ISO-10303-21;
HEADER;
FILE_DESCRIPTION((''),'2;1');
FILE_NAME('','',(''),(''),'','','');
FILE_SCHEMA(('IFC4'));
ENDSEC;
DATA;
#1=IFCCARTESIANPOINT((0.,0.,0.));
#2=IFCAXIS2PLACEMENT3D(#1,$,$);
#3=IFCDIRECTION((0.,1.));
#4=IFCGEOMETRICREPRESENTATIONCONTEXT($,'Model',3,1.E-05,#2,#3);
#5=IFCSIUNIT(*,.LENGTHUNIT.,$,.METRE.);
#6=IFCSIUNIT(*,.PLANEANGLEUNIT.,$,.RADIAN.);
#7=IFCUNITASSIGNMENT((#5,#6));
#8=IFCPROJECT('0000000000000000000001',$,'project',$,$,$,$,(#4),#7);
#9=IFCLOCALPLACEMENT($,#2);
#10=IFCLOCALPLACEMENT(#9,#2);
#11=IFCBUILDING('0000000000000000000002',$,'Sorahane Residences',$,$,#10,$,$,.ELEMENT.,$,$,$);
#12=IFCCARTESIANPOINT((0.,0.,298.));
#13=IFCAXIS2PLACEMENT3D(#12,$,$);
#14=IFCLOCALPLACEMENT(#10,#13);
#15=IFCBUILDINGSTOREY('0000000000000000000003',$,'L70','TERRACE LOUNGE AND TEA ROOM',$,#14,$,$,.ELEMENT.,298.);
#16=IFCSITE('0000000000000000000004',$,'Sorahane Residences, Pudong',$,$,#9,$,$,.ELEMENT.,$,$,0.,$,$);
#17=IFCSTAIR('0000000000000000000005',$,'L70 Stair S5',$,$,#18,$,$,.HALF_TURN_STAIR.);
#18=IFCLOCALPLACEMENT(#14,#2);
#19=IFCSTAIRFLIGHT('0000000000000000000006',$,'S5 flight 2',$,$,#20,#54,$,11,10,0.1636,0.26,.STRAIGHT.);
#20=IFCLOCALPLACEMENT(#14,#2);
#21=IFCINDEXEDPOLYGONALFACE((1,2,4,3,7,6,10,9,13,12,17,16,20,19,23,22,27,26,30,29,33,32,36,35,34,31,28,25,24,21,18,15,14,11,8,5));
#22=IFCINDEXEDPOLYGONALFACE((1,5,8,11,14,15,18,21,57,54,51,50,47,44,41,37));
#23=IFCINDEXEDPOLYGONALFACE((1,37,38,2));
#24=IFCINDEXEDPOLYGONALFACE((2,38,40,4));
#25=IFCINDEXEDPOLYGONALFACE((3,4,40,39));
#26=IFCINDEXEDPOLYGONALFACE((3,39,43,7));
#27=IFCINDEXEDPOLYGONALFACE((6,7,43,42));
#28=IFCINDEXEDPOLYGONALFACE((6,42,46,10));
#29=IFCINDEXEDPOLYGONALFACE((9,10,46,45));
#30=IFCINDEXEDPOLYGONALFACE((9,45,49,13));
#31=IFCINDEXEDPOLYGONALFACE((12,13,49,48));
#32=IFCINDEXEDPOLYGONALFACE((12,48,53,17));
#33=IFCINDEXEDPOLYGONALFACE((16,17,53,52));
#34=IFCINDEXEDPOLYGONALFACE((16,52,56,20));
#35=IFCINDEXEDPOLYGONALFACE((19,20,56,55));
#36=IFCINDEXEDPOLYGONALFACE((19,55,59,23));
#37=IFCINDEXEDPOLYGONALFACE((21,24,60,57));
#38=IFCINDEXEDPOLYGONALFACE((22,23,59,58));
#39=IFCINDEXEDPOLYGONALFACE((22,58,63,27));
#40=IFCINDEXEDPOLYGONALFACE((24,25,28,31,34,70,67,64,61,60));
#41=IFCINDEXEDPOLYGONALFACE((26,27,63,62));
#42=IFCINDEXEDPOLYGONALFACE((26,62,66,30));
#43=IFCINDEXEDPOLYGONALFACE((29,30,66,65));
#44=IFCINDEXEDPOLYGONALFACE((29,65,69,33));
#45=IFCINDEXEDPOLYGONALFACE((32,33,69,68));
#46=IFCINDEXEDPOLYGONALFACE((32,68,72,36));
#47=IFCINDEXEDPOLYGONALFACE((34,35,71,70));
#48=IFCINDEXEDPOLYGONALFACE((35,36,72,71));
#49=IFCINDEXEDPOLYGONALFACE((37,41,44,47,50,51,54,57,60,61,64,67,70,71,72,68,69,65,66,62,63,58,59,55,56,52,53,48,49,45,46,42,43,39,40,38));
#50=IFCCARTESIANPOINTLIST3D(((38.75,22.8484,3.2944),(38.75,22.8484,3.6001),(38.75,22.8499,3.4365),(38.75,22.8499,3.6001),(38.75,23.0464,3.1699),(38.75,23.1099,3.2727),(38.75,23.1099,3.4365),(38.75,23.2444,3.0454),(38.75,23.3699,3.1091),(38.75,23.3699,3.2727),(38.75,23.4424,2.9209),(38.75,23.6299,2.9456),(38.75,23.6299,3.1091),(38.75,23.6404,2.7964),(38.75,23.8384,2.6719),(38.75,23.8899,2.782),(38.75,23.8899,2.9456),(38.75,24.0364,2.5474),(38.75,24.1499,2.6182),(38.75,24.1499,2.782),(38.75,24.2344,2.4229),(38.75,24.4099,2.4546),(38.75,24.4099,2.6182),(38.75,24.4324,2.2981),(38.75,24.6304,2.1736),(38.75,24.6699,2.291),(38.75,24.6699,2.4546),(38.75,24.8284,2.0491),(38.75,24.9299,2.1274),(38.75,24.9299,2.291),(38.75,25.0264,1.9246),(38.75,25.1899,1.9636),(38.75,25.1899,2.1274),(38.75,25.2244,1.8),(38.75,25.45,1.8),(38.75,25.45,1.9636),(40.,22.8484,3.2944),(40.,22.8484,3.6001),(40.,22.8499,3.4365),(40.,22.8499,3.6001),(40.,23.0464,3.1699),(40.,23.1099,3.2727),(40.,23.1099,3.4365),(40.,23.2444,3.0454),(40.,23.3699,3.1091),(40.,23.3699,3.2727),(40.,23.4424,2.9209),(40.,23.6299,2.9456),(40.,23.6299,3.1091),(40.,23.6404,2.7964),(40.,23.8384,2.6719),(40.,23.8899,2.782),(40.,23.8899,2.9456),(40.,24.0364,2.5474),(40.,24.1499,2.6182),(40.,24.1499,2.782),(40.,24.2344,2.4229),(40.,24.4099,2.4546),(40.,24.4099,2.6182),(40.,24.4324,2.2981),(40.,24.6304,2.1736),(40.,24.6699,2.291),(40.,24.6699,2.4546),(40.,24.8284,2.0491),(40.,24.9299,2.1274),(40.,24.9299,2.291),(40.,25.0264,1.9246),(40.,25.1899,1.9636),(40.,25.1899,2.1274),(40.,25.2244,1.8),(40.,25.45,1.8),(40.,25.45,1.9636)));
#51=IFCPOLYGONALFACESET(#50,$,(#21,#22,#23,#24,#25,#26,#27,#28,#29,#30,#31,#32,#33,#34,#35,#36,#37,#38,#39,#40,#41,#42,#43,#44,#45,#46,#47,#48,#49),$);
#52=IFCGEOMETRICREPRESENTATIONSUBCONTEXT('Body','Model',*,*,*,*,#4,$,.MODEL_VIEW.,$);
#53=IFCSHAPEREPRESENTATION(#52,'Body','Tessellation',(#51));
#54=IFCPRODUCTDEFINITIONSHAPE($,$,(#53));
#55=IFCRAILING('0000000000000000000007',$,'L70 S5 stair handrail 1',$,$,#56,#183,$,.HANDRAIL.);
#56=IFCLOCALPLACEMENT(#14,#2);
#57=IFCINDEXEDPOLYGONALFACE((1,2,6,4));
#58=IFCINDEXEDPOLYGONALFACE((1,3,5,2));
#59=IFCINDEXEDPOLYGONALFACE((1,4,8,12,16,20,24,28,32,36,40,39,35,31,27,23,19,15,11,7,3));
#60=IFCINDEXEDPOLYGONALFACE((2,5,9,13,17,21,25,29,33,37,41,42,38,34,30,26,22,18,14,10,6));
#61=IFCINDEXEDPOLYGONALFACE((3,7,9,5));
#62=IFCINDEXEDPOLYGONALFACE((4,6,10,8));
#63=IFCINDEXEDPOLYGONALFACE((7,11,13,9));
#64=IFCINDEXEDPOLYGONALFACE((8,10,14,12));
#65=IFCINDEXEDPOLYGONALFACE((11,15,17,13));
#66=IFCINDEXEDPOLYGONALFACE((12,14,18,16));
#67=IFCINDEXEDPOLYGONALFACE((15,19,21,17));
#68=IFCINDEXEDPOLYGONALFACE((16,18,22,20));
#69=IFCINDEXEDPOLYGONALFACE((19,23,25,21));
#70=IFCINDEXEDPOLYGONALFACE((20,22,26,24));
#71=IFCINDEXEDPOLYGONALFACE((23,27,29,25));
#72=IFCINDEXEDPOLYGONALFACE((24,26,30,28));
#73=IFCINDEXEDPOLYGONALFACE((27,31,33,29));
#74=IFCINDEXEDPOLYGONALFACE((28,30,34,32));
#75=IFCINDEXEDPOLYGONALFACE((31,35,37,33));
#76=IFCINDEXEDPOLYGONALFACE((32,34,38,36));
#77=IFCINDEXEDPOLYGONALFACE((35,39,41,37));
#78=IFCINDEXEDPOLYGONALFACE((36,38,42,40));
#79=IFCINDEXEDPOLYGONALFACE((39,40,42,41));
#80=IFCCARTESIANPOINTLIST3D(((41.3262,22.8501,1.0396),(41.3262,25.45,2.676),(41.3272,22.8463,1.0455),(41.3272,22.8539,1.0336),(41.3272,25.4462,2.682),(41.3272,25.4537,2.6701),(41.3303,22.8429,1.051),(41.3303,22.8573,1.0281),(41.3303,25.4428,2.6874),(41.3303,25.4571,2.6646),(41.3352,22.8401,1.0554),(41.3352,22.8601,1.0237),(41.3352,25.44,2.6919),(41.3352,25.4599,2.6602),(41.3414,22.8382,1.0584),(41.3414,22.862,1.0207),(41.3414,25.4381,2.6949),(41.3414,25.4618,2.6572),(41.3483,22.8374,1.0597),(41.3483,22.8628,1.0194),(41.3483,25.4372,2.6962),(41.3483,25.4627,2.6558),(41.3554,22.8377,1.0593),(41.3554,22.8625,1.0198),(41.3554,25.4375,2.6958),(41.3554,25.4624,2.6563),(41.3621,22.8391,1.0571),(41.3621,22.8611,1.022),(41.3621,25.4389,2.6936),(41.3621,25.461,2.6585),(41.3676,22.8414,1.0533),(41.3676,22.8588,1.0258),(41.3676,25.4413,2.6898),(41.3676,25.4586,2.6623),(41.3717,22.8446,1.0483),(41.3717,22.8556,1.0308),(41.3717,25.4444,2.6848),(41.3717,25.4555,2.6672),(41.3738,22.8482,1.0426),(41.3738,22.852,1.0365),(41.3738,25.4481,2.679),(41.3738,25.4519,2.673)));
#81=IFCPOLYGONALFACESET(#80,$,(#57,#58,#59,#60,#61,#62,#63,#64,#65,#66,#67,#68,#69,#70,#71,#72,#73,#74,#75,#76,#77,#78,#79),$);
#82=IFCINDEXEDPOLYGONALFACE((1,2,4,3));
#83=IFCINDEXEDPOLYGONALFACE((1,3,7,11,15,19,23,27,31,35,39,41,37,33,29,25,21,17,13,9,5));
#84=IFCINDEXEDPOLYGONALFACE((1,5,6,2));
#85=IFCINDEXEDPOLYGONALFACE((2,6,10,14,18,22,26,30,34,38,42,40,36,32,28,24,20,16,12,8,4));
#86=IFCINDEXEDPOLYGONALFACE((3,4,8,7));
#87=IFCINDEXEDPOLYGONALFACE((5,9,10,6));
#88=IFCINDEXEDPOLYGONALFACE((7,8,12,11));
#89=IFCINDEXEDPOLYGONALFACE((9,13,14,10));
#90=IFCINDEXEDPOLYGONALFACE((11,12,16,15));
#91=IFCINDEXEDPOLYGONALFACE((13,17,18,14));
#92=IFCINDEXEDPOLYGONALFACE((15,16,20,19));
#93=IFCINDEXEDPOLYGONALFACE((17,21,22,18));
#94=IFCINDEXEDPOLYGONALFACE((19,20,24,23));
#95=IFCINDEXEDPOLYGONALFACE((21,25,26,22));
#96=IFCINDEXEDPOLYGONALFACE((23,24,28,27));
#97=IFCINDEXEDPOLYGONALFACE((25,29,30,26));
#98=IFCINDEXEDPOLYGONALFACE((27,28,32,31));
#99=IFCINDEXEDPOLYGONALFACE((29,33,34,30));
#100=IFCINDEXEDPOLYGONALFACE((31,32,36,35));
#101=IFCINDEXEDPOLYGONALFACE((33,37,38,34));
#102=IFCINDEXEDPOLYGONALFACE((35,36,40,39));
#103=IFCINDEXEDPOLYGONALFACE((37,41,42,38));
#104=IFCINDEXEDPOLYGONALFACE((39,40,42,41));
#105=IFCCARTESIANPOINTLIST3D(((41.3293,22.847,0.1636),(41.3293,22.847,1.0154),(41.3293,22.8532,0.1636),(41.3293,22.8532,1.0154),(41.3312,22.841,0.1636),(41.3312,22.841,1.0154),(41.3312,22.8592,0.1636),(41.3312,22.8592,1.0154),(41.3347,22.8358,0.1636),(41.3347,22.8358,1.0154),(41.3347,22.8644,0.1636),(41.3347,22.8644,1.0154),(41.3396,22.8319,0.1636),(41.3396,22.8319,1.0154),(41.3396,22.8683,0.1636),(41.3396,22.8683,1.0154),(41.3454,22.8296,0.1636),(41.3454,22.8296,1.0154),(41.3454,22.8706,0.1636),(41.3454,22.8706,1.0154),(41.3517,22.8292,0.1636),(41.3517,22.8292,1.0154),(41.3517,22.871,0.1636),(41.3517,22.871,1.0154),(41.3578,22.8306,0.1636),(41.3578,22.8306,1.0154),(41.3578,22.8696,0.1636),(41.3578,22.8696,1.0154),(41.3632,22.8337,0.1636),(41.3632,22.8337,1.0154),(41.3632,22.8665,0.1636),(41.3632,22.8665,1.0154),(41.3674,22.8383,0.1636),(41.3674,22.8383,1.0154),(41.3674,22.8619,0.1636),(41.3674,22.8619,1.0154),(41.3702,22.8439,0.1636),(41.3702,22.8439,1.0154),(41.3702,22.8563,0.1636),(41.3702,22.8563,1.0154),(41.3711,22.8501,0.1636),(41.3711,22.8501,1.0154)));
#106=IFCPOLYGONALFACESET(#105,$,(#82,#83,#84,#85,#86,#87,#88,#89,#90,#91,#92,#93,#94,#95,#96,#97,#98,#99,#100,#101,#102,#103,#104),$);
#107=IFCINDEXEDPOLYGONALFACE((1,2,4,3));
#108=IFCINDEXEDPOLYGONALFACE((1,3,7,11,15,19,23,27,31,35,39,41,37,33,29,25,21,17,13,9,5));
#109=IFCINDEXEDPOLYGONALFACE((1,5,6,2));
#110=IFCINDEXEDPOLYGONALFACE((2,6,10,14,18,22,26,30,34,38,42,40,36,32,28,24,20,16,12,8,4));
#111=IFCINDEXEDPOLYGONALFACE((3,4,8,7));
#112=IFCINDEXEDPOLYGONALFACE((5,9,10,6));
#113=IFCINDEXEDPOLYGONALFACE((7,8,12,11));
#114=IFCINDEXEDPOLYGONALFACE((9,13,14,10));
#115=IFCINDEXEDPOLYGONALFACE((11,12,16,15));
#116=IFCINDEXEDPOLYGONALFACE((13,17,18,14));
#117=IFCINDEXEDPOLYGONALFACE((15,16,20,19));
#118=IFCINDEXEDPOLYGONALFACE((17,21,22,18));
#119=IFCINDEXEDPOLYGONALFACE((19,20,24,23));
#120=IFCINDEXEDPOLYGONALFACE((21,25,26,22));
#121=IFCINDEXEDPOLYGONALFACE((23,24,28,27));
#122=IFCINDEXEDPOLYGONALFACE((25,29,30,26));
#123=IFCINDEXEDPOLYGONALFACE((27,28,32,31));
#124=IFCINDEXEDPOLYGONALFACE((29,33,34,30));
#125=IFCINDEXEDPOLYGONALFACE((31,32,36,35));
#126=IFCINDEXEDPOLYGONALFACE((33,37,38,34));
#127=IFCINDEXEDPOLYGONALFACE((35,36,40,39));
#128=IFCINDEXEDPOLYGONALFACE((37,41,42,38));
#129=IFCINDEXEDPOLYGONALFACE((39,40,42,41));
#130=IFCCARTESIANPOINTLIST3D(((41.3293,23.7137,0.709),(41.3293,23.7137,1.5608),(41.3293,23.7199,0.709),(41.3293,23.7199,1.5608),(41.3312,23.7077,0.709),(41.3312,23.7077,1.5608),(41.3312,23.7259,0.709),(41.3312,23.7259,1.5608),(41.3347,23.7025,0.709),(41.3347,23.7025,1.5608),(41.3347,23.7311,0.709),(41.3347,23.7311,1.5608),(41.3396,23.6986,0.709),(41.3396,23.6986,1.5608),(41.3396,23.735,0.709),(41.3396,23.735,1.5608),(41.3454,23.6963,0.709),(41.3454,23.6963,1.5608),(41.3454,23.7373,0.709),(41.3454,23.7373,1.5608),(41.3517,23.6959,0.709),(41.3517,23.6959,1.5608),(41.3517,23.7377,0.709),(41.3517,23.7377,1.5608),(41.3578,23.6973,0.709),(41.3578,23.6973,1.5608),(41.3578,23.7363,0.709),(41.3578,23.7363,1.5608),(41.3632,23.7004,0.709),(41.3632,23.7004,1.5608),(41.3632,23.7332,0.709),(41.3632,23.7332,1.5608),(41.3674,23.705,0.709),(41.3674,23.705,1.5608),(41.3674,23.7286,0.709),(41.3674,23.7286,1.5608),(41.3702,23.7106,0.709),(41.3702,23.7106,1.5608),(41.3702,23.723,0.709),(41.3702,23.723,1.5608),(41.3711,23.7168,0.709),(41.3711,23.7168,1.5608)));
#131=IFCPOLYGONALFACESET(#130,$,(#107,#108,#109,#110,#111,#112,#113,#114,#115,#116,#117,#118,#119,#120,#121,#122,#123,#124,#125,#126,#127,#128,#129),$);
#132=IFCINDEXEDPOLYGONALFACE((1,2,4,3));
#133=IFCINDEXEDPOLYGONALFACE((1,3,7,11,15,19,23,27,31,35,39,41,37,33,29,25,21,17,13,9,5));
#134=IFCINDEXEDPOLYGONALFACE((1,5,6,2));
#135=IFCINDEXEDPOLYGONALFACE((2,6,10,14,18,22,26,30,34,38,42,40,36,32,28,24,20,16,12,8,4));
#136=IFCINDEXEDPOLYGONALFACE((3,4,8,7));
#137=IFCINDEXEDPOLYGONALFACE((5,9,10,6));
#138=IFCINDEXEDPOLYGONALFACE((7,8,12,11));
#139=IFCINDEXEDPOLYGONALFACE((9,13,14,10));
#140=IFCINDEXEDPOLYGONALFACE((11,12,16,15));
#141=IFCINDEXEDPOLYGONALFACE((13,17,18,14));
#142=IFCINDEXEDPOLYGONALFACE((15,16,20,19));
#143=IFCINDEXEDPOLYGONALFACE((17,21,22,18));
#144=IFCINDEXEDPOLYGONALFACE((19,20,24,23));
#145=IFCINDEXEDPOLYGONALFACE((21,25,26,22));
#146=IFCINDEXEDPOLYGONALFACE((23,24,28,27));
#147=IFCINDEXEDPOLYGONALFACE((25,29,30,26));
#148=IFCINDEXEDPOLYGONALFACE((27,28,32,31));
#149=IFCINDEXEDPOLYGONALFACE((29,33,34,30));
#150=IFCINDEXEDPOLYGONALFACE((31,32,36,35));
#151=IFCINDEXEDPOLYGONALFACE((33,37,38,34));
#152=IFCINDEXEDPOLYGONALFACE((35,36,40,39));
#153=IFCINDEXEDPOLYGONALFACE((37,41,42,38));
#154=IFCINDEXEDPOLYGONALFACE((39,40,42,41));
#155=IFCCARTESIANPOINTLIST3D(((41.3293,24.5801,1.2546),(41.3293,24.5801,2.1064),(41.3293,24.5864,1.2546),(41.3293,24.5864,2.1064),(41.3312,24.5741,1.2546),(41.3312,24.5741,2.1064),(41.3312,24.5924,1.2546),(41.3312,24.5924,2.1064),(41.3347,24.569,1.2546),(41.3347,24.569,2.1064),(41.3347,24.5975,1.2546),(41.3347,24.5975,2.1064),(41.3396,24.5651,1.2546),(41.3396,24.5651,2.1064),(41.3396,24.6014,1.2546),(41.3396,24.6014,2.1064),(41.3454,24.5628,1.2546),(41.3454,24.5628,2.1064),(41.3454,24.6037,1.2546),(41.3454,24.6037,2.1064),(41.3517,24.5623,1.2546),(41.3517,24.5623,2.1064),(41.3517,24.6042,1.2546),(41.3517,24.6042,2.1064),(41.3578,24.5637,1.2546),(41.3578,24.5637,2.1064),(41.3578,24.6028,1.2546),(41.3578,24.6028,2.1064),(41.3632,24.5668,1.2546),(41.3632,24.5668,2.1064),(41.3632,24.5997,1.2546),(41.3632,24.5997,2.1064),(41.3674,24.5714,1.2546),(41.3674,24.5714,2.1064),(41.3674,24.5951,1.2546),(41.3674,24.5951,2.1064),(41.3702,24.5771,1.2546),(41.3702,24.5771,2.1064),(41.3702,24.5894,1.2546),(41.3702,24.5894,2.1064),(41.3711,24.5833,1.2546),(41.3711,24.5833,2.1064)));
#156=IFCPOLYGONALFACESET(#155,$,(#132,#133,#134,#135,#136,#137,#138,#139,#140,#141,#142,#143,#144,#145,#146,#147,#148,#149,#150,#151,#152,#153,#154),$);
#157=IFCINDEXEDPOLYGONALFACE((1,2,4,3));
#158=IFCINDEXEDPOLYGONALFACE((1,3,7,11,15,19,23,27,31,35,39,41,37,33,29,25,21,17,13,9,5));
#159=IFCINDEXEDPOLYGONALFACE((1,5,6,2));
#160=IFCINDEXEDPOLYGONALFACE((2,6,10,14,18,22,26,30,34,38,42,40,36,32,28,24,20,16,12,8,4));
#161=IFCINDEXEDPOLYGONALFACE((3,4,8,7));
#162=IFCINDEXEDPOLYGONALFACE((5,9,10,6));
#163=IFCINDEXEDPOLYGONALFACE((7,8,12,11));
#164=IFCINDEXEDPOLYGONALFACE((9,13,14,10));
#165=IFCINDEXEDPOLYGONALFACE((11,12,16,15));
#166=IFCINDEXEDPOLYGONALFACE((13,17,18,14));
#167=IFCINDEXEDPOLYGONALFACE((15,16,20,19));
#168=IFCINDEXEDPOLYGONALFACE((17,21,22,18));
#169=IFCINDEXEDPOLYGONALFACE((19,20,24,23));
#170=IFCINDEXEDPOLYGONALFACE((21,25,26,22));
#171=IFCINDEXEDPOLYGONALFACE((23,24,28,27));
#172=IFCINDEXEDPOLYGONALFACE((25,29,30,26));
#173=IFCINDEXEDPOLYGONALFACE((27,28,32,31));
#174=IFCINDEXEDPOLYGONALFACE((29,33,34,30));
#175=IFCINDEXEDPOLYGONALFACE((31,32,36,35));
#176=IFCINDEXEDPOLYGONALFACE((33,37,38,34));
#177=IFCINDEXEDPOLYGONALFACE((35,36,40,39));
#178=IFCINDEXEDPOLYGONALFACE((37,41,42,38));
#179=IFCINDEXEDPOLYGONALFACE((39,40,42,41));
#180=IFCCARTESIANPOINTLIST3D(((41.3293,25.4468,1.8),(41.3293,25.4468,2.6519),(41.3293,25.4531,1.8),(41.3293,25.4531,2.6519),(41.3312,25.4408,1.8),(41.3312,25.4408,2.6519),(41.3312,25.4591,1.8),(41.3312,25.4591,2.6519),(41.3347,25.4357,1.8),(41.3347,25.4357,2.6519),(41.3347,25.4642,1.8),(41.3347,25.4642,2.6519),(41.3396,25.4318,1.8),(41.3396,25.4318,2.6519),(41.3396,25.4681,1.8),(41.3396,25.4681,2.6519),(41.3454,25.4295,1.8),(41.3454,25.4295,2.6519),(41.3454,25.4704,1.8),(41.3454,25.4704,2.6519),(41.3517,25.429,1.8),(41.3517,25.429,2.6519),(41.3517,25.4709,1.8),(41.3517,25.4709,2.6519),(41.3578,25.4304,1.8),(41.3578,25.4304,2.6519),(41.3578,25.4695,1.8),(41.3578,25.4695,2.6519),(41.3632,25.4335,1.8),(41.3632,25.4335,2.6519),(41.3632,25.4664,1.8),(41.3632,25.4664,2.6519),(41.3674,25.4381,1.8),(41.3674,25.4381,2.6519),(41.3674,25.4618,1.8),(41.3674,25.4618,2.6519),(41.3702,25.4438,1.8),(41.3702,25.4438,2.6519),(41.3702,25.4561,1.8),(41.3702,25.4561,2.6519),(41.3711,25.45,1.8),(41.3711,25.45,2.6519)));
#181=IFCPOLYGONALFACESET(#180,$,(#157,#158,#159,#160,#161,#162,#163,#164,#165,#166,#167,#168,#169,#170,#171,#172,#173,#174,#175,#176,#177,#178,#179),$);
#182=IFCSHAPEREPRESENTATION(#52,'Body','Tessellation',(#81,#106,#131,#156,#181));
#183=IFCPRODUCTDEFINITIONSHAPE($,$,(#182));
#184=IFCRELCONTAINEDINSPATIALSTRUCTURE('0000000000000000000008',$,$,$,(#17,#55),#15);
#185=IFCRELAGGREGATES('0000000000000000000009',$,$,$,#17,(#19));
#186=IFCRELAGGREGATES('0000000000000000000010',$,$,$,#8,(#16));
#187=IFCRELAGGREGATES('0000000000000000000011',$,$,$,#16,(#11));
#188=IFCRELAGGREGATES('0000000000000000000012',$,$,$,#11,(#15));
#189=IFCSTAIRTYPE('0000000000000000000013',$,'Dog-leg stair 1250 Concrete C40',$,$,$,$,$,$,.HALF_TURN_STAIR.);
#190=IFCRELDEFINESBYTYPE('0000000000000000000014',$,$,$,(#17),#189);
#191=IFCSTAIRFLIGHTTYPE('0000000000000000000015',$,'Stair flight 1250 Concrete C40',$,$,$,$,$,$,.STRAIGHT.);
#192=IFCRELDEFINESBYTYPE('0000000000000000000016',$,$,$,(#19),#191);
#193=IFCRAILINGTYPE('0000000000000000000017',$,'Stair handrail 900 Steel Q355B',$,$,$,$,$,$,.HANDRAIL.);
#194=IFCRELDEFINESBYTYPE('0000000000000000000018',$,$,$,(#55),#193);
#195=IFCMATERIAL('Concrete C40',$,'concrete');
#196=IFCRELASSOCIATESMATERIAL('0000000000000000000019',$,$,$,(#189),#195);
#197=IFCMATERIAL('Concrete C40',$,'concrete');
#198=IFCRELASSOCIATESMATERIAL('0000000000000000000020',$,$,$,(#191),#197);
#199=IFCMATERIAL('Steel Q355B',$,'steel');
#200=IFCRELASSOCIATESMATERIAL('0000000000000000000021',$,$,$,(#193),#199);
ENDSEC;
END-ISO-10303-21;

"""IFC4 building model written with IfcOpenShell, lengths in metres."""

from ifc_helpers import new_model, si_unit, direction, frame, origin, origin_2d, place, context, subcontext, project, spatial, polyline, circle, outline, extrude, material, type_object, element, aggregate, save


model = new_model("IFC4")

# Units and contexts
model_context = context("Model", 3, precision=1e-05, world=origin(), true_north=direction((0.0, 1.0)))
body_context = subcontext(model_context, "Body", "Model", "MODEL_VIEW")
ifc_project = project(units=[si_unit("LENGTHUNIT", "METRE"), si_unit("PLANEANGLEUNIT", "RADIAN")], contexts=[model_context])

# Site, building, storey
site_placement = place(None, origin())
site = spatial("IfcSite", under=ifc_project, at=site_placement, Name="Sorahane Residences, Pudong", CompositionType="ELEMENT", RefElevation=0.0)
building_placement = place(site_placement, origin())
building = spatial("IfcBuilding", under=site, at=building_placement, Name="Sorahane Residences", CompositionType="ELEMENT")
storey_placement = place(building_placement, frame((0.0, 0.0, 298.0)))
storey = spatial("IfcBuildingStorey", under=building, at=storey_placement, Name="L70", Description="TERRACE LOUNGE AND TEA ROOM", CompositionType="ELEMENT", Elevation=298.0)

# Stair, stair flight
ifc_material_1 = material(Name="Concrete C40", Category="concrete")
stair_type = type_object("IfcStairType", Name="Dog-leg stair 1250 Concrete C40", PredefinedType="HALF_TURN_STAIR", material=ifc_material_1)
stair_placement = place(storey_placement, origin())
stair = element("IfcStair", 1, at=stair_placement, inside=storey, type_object=stair_type, Name="L70 Stair S5", PredefinedType="HALF_TURN_STAIR")
ifc_material_2 = material(Name="Concrete C40", Category="concrete")
stair_flight_type = type_object("IfcStairFlightType", Name="Stair flight 1250 Concrete C40", PredefinedType="STRAIGHT", material=ifc_material_2)
stair_flight_1_placement = place(storey_placement, frame((39.375, 25.45, 1.8), z_axis=(0.0, 0.0, 1.0), x_axis=(0.0, -1.0, 0.0)))
stair_flight_1 = element("IfcStairFlight", 2, at=stair_flight_1_placement, type_object=stair_flight_type, Name="S5 flight 2", NumberOfRisers=11, NumberOfTreads=10, PredefinedType="STRAIGHT", RiserHeight=0.1636, TreadLength=0.26, context=body_context, shape_type="SweptSolid", body=[
    extrude(outline(polyline([(0.0, 0.0), (0.0, 0.1636), (0.26, 0.1636), (0.26, 0.3274), (0.52, 0.3274), (0.52, 0.491), (0.78, 0.491), (0.78, 0.6545), (1.04, 0.6545), (1.04, 0.8181), (1.3, 0.8181), (1.3, 0.9819), (1.5601, 0.9819), (1.5601, 1.1455), (1.8201, 1.1455), (1.8201, 1.3091), (2.0801, 1.3091), (2.0801, 1.4727), (2.3401, 1.4727), (2.3401, 1.6365), (2.6001, 1.6365), (2.6001, 1.8), (2.6016, 1.8), (2.6016, 1.4944), (2.4036, 1.3699), (2.2056, 1.2454), (2.0076, 1.1208), (1.8096, 0.9963), (1.6116, 0.8718), (1.4136, 0.7473), (1.2156, 0.6228), (1.0176, 0.498), (0.8196, 0.3735), (0.6216, 0.249), (0.4236, 0.1245), (0.2256, 0.0), (0.0, 0.0)])), frame((0.0, 0.625, 0.0), z_axis=(0.0, -1.0, 0.0), x_axis=(1.0, 0.0, 0.0)), (0.0, 0.0, 1.0), 1.25),
])
aggregate(stair, [stair_flight_1])

# Railing
ifc_material_3 = material(Name="Steel Q355B", Category="steel")
railing_type_1 = type_object("IfcRailingType", Name="Stair handrail 900 Steel Q355B", PredefinedType="HANDRAIL", material=ifc_material_3)
railing_1_placement = place(storey_placement, frame((41.3501, 22.8501, 0.1636)))
element("IfcRailing", 3, at=railing_1_placement, inside=storey, type_object=railing_type_1, Name="L70 S5 stair handrail 1", PredefinedType="HANDRAIL", context=body_context, shape_type="SweptSolid", body=[
    extrude(circle(Radius=0.0239, at=origin_2d()), frame((0.0, 0.0, 0.876), z_axis=(0.0, 0.846302, 0.532704), x_axis=(-1.0, 0.0, 0.0)), (0.0, 0.0, 1.0), 3.072),
    extrude(circle(Radius=0.021, at=origin_2d()), origin(), (0.0, 0.0, 1.0), 0.8518),
    extrude(circle(Radius=0.021, at=origin_2d()), frame((0.0, 0.8667, 0.5454)), (0.0, 0.0, 1.0), 0.8518),
    extrude(circle(Radius=0.021, at=origin_2d()), frame((0.0, 1.7332, 1.0911)), (0.0, 0.0, 1.0), 0.8518),
    extrude(circle(Radius=0.021, at=origin_2d()), frame((0.0, 2.5999, 1.6365)), (0.0, 0.0, 1.0), 0.8518),
])

save(model, "model.ifc")
